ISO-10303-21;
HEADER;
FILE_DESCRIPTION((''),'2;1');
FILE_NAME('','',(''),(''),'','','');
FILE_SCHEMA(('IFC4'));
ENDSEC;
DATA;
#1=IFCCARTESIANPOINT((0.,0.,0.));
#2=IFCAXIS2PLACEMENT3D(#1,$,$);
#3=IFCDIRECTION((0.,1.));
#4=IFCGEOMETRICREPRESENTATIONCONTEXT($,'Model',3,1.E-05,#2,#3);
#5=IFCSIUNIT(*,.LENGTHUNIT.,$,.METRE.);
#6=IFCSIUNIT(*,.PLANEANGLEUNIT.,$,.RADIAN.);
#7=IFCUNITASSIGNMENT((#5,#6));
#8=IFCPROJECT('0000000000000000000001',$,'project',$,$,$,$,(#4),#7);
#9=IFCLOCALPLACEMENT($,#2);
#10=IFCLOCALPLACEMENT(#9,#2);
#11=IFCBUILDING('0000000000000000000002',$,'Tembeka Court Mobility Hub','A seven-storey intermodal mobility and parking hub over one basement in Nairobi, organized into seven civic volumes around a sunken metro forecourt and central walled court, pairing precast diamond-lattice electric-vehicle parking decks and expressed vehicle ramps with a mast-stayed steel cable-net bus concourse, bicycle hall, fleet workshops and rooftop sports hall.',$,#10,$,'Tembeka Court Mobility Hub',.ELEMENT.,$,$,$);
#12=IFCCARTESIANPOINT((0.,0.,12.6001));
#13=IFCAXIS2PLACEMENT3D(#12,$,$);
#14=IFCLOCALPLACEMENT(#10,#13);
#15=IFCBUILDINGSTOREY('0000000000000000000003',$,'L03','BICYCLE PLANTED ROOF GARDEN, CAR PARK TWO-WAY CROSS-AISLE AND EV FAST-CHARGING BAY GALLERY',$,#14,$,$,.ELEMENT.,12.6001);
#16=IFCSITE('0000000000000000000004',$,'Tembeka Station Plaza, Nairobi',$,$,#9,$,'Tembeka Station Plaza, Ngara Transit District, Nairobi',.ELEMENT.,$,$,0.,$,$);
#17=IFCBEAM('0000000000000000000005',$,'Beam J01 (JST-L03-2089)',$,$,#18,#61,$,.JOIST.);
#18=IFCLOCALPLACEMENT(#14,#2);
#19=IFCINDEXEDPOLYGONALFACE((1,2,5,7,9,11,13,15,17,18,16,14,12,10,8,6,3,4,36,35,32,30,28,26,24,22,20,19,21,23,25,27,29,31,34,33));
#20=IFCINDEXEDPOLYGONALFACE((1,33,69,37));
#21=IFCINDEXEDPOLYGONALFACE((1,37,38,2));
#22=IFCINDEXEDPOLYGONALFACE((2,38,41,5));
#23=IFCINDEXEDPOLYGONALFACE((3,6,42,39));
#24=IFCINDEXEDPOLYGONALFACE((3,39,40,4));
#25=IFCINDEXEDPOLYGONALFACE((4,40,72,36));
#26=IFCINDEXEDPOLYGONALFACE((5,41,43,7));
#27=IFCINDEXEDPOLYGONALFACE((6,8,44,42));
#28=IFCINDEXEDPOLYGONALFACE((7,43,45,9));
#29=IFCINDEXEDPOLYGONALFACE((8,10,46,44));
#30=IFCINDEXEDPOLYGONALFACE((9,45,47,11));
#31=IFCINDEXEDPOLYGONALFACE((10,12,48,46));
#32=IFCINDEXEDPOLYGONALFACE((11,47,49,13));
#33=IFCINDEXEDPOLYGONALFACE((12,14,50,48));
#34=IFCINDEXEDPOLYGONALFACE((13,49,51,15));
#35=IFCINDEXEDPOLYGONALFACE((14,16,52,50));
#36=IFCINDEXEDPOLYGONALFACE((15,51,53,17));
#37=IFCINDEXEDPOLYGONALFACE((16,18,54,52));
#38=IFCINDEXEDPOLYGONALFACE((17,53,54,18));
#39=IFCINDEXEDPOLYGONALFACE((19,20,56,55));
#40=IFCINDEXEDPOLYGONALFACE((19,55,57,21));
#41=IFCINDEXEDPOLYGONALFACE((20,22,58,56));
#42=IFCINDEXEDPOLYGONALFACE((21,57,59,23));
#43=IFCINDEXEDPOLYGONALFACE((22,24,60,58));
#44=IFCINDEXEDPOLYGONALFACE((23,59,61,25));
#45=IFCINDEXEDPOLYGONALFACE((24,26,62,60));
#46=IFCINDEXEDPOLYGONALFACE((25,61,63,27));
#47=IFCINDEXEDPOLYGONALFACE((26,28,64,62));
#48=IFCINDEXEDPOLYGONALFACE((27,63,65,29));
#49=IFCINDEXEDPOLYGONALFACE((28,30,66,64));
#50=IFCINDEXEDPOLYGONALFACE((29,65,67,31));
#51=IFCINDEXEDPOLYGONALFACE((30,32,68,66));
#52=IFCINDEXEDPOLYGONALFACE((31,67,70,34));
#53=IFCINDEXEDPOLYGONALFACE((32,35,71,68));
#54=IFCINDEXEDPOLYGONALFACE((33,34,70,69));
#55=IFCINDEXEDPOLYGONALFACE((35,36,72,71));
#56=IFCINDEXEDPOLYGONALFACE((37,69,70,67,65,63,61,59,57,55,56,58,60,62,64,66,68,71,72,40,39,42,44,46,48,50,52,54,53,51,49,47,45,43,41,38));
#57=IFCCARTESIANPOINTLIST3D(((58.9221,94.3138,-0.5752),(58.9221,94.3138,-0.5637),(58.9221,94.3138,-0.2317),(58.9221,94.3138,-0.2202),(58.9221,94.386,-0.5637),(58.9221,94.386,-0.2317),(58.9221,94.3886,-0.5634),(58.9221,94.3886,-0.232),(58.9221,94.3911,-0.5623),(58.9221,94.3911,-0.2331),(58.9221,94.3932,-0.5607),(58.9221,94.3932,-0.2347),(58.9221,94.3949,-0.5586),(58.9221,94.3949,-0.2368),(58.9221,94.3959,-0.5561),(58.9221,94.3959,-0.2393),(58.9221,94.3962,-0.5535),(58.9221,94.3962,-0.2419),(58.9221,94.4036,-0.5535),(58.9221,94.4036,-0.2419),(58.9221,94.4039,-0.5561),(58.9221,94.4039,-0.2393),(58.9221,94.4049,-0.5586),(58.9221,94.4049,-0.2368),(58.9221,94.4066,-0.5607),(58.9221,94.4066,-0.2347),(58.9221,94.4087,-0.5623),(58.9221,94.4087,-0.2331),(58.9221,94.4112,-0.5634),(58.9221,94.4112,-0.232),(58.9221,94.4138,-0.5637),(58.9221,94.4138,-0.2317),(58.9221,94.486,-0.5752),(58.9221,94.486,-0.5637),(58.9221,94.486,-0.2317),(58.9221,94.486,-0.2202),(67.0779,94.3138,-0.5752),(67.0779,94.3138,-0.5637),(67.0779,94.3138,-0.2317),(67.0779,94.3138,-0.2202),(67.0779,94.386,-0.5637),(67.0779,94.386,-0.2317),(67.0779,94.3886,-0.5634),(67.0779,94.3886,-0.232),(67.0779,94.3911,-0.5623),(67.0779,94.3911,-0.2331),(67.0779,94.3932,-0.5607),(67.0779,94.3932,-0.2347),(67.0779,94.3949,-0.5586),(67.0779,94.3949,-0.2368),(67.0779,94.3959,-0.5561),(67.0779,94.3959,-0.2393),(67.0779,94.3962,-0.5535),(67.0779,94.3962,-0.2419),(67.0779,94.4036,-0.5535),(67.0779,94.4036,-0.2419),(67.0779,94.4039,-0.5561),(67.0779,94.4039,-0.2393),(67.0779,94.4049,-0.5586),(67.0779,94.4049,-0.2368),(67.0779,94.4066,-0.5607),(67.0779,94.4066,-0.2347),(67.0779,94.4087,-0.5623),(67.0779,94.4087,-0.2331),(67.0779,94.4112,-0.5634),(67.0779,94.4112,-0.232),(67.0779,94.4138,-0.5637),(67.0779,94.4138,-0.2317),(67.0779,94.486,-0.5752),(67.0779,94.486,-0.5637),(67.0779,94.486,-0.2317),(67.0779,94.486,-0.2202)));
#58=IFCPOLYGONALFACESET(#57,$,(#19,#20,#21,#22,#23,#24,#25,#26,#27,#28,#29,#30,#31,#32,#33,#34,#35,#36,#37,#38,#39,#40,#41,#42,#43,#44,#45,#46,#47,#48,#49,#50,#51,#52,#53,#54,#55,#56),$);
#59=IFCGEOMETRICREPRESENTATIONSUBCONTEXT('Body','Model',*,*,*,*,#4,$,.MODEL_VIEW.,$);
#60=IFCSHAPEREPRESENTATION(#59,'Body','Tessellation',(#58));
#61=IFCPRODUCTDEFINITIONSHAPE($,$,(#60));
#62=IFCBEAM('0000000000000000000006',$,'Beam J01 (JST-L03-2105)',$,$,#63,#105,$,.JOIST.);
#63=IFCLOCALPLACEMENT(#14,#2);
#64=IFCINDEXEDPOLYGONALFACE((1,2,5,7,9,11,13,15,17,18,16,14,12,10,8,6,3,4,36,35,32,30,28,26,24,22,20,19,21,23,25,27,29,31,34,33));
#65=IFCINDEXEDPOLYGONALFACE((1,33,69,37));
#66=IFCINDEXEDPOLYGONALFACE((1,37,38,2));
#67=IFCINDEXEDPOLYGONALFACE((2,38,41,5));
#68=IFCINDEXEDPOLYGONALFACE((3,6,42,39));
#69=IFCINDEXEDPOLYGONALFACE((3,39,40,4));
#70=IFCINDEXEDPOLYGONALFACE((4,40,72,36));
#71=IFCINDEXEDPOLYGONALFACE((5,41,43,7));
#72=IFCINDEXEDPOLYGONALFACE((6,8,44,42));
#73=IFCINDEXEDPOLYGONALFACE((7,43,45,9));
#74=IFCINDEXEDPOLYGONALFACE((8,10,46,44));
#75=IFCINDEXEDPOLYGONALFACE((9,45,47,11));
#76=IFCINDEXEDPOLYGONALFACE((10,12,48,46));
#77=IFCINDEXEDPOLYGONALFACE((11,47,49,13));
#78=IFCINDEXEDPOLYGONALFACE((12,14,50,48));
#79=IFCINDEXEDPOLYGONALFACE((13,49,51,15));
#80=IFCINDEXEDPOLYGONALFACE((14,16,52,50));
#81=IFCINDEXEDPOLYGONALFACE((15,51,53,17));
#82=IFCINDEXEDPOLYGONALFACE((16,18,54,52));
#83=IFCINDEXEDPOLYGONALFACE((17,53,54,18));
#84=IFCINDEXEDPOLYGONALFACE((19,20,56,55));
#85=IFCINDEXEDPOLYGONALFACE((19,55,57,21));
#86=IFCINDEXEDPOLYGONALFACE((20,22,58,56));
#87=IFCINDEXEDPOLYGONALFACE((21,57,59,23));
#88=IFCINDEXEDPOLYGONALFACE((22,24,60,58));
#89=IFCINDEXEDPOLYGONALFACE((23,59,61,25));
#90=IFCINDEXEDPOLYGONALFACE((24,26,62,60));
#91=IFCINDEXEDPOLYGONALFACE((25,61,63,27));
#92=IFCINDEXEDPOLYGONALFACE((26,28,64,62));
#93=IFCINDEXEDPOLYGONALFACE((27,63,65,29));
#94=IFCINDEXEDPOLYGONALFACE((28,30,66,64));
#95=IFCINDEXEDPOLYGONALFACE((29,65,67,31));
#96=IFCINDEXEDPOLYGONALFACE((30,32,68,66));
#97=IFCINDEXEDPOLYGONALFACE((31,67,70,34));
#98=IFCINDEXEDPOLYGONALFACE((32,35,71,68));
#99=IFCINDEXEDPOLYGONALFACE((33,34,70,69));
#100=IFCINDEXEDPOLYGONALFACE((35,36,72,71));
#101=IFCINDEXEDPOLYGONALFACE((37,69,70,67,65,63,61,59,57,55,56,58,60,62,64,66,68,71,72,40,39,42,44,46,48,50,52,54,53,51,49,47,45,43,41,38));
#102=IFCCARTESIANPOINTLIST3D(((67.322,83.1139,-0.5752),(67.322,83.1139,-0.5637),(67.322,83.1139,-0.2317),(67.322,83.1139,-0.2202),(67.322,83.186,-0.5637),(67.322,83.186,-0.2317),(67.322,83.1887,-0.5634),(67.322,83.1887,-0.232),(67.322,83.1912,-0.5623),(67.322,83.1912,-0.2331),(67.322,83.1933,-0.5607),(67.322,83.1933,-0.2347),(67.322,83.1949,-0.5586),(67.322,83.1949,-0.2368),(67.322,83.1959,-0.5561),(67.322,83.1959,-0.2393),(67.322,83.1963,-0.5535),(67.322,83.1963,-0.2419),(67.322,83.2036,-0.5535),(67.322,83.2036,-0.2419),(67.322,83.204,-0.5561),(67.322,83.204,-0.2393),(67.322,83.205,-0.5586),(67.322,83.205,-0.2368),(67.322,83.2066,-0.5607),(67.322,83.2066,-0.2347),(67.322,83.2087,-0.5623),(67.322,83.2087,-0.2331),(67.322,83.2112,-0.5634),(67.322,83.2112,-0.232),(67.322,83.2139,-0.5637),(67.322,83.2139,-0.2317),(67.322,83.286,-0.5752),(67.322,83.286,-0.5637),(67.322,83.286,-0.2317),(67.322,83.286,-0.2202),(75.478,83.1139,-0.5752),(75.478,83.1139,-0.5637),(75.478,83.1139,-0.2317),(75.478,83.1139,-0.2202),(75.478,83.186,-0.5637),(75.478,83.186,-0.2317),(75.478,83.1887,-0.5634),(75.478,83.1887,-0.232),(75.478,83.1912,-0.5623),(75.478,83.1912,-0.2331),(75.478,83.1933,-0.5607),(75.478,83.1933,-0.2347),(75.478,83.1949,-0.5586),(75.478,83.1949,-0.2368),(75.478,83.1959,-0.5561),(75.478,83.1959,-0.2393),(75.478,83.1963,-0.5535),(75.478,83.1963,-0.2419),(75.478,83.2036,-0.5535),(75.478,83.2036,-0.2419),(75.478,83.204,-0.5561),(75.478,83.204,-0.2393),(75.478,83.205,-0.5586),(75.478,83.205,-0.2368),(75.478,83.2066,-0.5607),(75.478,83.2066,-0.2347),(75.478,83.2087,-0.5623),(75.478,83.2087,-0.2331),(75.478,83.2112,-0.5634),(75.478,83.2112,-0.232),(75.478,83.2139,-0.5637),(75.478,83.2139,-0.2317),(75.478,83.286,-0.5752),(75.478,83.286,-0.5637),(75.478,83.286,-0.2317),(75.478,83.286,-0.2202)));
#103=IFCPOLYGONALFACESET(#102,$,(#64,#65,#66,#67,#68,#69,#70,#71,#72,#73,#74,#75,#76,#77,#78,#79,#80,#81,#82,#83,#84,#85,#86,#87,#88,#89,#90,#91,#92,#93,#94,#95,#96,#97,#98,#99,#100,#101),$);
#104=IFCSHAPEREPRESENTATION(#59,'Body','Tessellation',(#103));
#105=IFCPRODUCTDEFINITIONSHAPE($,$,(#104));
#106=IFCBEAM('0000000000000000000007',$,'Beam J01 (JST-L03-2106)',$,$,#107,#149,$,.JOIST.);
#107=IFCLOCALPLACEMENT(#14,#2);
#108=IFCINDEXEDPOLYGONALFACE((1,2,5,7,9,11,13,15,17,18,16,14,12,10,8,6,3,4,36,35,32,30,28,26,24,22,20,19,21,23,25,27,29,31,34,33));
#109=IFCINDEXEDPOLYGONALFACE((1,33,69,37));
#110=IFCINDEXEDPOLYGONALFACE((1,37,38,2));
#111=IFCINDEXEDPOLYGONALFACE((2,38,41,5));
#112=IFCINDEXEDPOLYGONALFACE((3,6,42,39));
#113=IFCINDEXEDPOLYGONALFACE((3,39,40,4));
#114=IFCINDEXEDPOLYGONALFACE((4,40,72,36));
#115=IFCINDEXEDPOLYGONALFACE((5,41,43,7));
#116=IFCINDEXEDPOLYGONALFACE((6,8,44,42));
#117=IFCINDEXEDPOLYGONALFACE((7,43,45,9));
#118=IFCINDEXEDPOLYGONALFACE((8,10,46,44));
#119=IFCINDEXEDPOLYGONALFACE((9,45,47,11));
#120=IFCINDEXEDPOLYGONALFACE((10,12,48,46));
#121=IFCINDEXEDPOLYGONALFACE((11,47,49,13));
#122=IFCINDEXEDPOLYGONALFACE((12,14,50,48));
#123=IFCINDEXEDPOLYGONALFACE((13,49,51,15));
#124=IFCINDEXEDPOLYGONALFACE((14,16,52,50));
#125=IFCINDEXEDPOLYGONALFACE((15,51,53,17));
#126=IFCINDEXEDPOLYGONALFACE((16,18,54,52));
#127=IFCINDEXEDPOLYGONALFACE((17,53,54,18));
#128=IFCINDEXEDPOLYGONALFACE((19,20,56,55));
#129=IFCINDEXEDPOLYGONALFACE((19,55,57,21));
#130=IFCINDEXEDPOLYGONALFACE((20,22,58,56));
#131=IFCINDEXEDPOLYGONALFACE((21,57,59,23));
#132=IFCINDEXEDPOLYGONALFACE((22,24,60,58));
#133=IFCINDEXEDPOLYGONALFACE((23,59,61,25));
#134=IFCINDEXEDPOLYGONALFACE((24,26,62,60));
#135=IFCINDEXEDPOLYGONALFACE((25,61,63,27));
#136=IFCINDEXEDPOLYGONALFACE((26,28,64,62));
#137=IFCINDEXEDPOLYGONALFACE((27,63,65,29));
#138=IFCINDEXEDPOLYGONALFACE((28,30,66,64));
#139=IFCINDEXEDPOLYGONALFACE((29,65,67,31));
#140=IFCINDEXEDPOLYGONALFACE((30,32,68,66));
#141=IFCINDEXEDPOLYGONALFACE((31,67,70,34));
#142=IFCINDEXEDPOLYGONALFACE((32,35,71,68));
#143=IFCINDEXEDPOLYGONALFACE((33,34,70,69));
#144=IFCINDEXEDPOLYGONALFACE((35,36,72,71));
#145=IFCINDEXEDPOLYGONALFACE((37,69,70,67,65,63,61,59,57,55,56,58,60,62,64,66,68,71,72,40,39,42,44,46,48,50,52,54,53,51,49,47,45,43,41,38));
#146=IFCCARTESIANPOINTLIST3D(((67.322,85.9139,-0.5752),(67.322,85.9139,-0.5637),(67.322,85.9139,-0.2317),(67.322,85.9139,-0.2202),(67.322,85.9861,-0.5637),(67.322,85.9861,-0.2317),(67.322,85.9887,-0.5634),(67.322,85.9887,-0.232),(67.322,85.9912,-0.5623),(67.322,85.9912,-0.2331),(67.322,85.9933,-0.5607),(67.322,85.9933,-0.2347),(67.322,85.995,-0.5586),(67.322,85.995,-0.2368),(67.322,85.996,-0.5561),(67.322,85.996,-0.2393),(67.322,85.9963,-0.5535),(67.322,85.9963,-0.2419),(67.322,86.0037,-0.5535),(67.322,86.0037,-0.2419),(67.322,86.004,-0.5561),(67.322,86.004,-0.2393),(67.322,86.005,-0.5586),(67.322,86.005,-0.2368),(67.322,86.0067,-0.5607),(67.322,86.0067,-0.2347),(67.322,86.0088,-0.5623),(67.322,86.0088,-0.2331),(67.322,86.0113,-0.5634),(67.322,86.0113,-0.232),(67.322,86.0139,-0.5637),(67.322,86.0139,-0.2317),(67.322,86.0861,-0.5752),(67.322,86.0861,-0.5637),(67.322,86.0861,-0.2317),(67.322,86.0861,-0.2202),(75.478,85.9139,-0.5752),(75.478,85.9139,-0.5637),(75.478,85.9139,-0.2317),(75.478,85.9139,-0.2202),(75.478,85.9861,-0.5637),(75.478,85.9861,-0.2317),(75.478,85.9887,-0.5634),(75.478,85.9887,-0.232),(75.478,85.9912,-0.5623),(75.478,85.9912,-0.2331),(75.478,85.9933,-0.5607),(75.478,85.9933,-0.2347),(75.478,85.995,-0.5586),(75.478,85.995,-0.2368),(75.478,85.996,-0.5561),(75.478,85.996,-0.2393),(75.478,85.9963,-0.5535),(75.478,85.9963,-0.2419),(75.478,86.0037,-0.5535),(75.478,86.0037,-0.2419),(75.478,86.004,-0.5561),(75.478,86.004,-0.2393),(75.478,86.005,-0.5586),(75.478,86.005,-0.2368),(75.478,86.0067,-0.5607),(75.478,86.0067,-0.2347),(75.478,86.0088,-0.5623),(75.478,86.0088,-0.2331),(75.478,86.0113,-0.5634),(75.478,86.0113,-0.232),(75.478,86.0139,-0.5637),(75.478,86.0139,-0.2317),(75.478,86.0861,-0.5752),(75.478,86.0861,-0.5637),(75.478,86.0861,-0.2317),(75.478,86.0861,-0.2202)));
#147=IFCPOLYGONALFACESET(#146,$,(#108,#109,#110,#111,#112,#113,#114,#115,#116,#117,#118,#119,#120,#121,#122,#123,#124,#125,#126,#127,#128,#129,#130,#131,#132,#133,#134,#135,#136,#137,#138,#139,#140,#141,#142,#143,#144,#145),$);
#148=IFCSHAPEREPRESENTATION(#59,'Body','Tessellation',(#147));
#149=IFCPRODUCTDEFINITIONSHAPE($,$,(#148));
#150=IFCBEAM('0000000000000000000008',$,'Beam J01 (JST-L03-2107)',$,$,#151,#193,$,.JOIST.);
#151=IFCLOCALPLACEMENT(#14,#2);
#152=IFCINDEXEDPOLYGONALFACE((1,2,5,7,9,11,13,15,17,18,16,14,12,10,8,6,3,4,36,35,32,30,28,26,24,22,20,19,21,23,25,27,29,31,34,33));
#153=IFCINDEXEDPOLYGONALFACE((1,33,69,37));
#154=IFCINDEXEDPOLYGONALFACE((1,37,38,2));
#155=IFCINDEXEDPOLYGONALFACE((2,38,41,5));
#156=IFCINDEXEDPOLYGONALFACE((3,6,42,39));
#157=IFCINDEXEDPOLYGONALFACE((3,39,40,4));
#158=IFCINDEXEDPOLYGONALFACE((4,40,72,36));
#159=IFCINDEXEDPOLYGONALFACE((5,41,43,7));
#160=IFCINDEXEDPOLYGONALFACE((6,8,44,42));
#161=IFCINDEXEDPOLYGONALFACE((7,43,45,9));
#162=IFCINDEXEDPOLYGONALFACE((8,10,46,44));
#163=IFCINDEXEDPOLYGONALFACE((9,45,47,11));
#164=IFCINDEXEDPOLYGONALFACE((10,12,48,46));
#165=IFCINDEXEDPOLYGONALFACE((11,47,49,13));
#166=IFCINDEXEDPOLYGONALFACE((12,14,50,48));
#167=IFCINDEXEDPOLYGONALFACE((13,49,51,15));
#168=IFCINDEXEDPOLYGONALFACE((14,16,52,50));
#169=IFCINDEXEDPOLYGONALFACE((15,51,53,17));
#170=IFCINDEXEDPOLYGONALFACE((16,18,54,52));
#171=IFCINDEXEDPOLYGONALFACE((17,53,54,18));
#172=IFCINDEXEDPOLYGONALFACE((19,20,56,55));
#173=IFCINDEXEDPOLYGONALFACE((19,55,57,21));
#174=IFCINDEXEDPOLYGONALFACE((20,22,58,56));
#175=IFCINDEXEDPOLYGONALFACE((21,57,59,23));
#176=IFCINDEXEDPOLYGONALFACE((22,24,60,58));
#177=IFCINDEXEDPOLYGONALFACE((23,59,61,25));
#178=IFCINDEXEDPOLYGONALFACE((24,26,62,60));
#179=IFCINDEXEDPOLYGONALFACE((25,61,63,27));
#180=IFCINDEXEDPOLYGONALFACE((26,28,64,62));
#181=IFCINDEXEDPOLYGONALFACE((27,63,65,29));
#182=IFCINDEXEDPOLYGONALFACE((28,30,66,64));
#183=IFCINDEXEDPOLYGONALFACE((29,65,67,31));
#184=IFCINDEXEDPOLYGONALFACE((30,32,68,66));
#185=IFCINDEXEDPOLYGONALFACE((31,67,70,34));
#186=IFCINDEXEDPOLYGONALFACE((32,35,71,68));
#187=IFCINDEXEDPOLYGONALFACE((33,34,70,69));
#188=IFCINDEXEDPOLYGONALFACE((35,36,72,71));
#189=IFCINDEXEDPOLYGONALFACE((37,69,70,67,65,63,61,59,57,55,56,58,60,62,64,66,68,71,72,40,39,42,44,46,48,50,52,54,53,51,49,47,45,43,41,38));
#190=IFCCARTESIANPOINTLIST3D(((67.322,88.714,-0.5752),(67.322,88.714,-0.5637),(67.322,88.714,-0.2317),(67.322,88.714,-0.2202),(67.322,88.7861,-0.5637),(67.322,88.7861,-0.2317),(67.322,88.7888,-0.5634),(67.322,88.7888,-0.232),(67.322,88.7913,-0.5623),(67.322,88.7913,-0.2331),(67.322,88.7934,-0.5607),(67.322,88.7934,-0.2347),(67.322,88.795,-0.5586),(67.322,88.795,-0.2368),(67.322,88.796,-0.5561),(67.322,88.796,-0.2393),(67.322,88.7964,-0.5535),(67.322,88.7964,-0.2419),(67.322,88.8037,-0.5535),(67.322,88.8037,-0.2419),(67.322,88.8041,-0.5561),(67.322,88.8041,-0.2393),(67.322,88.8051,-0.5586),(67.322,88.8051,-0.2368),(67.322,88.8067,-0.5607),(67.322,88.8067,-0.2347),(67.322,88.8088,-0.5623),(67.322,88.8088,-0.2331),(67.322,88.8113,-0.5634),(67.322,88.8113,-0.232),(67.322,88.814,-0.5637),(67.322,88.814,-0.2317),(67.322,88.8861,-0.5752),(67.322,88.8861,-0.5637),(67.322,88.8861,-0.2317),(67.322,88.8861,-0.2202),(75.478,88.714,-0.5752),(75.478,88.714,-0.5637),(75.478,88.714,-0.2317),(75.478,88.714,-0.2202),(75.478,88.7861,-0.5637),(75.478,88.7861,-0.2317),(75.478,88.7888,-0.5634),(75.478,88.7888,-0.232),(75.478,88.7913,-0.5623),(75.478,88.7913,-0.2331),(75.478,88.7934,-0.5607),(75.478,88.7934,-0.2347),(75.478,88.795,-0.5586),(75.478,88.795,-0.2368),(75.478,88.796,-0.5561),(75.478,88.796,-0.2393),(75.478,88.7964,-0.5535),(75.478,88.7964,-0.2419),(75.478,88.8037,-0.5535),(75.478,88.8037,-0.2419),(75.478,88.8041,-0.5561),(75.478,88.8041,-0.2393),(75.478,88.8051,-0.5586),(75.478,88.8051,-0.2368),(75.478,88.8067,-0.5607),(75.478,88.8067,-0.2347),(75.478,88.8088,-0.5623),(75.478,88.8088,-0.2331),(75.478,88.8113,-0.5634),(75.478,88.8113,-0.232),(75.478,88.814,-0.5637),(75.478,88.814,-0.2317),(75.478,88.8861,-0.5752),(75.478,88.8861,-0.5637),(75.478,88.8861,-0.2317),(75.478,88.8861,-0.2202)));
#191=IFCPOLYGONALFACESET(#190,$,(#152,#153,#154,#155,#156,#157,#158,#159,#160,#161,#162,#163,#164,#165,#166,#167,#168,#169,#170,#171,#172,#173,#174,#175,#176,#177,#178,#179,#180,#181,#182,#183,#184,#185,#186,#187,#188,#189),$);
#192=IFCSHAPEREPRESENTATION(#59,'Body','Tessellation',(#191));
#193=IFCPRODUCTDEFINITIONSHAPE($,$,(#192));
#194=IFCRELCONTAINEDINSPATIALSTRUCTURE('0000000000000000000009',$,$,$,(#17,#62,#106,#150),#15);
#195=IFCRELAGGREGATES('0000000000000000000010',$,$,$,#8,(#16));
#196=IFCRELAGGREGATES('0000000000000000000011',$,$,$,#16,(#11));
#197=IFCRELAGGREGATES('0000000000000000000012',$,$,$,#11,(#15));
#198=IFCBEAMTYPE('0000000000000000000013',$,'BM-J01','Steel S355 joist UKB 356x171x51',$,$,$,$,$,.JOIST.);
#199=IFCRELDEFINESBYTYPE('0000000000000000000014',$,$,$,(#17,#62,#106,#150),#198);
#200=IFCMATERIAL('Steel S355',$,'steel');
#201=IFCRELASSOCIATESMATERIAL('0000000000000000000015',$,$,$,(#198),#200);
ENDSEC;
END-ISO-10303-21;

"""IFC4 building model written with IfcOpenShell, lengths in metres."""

from ifc_helpers import new_model, si_unit, direction, frame, origin, origin_2d, place, context, subcontext, project, spatial, i_section, extrude, material, material_profile, profile_set, type_object, element, save


model = new_model("IFC4")

# Units and contexts
model_context = context("Model", 3, precision=1e-05, world=origin(), true_north=direction((0.0, 1.0)))
body_context = subcontext(model_context, "Body", "Model", "MODEL_VIEW")
ifc_project = project(units=[si_unit("LENGTHUNIT", "METRE"), si_unit("PLANEANGLEUNIT", "RADIAN")], contexts=[model_context])

# Site, building, storey
site_placement = place(None, origin())
site = spatial("IfcSite", under=ifc_project, at=site_placement, Name="Tembeka Station Plaza, Nairobi", LongName="Tembeka Station Plaza, Ngara Transit District, Nairobi", CompositionType="ELEMENT", RefElevation=0.0)
building_placement = place(site_placement, origin())
building = spatial("IfcBuilding", under=site, at=building_placement, Name="Tembeka Court Mobility Hub", Description="A seven-storey intermodal mobility and parking hub over one basement in Nairobi, organized into seven civic volumes around a sunken metro forecourt and central walled court, pairing precast diamond-lattice electric-vehicle parking decks and expressed vehicle ramps with a mast-stayed steel cable-net bus concourse, bicycle hall, fleet workshops and rooftop sports hall.", LongName="Tembeka Court Mobility Hub", CompositionType="ELEMENT")
storey_placement = place(building_placement, frame((0.0, 0.0, 12.6001)))
storey = spatial("IfcBuildingStorey", under=building, at=storey_placement, Name="L03", Description="BICYCLE PLANTED ROOF GARDEN, CAR PARK TWO-WAY CROSS-AISLE AND EV FAST-CHARGING BAY GALLERY", CompositionType="ELEMENT", Elevation=12.6001)

# Shared definitions
ifc_material = material(Name="Steel S355", Category="steel")

# Beams
ifc_material_profile_1 = material_profile(ifc_material, i_section(OverallWidth=0.1721, OverallDepth=0.355, WebThickness=0.0073, FlangeThickness=0.0115, FilletRadius=0.0103, at=origin_2d()), Name="UKB 356x171x51")
ifc_profile_set_1 = profile_set([ifc_material_profile_1], Name="Steel S355")
beam_type_1 = type_object("IfcBeamType", Name="BM-J01", Description="Steel S355 joist UKB 356x171x51", PredefinedType="JOIST", material=ifc_profile_set_1)
for number, where, z_axis, x_axis, name in (
    (1, (58.9221, 94.3999, -0.3977), (1.0, 0.0, 0.0), (0.0, 1.0, 0.0), "Beam J01 (JST-L03-2089)"),
):
    element("IfcBeam", number, at=place(storey_placement, frame(where, z_axis=z_axis, x_axis=x_axis)), inside=storey, type_object=beam_type_1, Name=name, PredefinedType="JOIST", context=body_context, shape_type="SweptSolid", body=[
        extrude(i_section(OverallWidth=0.1721, OverallDepth=0.355, WebThickness=0.0073, FlangeThickness=0.0115, FilletRadius=0.0103, at=origin_2d()), origin(), (0.0, 0.0, 1.0), 8.1558),
    ])
for number, where, z_axis, x_axis, name in (
    (2, (67.322, 83.2, -0.3977), (1.0, 0.0, 0.0), (0.0, 1.0, 0.0), "Beam J01 (JST-L03-2105)"),
    (3, (67.322, 86.0, -0.3977), (1.0, 0.0, 0.0), (0.0, 1.0, 0.0), "Beam J01 (JST-L03-2106)"),
    (4, (67.322, 88.8, -0.3977), (1.0, 0.0, 0.0), (0.0, 1.0, 0.0), "Beam J01 (JST-L03-2107)"),
):
    element("IfcBeam", number, at=place(storey_placement, frame(where, z_axis=z_axis, x_axis=x_axis)), inside=storey, type_object=beam_type_1, Name=name, PredefinedType="JOIST", context=body_context, shape_type="SweptSolid", body=[
        extrude(i_section(OverallWidth=0.1721, OverallDepth=0.355, WebThickness=0.0073, FlangeThickness=0.0115, FilletRadius=0.0103, at=origin_2d()), origin(), (0.0, 0.0, 1.0), 8.156),
    ])

save(model, "model.ifc")
